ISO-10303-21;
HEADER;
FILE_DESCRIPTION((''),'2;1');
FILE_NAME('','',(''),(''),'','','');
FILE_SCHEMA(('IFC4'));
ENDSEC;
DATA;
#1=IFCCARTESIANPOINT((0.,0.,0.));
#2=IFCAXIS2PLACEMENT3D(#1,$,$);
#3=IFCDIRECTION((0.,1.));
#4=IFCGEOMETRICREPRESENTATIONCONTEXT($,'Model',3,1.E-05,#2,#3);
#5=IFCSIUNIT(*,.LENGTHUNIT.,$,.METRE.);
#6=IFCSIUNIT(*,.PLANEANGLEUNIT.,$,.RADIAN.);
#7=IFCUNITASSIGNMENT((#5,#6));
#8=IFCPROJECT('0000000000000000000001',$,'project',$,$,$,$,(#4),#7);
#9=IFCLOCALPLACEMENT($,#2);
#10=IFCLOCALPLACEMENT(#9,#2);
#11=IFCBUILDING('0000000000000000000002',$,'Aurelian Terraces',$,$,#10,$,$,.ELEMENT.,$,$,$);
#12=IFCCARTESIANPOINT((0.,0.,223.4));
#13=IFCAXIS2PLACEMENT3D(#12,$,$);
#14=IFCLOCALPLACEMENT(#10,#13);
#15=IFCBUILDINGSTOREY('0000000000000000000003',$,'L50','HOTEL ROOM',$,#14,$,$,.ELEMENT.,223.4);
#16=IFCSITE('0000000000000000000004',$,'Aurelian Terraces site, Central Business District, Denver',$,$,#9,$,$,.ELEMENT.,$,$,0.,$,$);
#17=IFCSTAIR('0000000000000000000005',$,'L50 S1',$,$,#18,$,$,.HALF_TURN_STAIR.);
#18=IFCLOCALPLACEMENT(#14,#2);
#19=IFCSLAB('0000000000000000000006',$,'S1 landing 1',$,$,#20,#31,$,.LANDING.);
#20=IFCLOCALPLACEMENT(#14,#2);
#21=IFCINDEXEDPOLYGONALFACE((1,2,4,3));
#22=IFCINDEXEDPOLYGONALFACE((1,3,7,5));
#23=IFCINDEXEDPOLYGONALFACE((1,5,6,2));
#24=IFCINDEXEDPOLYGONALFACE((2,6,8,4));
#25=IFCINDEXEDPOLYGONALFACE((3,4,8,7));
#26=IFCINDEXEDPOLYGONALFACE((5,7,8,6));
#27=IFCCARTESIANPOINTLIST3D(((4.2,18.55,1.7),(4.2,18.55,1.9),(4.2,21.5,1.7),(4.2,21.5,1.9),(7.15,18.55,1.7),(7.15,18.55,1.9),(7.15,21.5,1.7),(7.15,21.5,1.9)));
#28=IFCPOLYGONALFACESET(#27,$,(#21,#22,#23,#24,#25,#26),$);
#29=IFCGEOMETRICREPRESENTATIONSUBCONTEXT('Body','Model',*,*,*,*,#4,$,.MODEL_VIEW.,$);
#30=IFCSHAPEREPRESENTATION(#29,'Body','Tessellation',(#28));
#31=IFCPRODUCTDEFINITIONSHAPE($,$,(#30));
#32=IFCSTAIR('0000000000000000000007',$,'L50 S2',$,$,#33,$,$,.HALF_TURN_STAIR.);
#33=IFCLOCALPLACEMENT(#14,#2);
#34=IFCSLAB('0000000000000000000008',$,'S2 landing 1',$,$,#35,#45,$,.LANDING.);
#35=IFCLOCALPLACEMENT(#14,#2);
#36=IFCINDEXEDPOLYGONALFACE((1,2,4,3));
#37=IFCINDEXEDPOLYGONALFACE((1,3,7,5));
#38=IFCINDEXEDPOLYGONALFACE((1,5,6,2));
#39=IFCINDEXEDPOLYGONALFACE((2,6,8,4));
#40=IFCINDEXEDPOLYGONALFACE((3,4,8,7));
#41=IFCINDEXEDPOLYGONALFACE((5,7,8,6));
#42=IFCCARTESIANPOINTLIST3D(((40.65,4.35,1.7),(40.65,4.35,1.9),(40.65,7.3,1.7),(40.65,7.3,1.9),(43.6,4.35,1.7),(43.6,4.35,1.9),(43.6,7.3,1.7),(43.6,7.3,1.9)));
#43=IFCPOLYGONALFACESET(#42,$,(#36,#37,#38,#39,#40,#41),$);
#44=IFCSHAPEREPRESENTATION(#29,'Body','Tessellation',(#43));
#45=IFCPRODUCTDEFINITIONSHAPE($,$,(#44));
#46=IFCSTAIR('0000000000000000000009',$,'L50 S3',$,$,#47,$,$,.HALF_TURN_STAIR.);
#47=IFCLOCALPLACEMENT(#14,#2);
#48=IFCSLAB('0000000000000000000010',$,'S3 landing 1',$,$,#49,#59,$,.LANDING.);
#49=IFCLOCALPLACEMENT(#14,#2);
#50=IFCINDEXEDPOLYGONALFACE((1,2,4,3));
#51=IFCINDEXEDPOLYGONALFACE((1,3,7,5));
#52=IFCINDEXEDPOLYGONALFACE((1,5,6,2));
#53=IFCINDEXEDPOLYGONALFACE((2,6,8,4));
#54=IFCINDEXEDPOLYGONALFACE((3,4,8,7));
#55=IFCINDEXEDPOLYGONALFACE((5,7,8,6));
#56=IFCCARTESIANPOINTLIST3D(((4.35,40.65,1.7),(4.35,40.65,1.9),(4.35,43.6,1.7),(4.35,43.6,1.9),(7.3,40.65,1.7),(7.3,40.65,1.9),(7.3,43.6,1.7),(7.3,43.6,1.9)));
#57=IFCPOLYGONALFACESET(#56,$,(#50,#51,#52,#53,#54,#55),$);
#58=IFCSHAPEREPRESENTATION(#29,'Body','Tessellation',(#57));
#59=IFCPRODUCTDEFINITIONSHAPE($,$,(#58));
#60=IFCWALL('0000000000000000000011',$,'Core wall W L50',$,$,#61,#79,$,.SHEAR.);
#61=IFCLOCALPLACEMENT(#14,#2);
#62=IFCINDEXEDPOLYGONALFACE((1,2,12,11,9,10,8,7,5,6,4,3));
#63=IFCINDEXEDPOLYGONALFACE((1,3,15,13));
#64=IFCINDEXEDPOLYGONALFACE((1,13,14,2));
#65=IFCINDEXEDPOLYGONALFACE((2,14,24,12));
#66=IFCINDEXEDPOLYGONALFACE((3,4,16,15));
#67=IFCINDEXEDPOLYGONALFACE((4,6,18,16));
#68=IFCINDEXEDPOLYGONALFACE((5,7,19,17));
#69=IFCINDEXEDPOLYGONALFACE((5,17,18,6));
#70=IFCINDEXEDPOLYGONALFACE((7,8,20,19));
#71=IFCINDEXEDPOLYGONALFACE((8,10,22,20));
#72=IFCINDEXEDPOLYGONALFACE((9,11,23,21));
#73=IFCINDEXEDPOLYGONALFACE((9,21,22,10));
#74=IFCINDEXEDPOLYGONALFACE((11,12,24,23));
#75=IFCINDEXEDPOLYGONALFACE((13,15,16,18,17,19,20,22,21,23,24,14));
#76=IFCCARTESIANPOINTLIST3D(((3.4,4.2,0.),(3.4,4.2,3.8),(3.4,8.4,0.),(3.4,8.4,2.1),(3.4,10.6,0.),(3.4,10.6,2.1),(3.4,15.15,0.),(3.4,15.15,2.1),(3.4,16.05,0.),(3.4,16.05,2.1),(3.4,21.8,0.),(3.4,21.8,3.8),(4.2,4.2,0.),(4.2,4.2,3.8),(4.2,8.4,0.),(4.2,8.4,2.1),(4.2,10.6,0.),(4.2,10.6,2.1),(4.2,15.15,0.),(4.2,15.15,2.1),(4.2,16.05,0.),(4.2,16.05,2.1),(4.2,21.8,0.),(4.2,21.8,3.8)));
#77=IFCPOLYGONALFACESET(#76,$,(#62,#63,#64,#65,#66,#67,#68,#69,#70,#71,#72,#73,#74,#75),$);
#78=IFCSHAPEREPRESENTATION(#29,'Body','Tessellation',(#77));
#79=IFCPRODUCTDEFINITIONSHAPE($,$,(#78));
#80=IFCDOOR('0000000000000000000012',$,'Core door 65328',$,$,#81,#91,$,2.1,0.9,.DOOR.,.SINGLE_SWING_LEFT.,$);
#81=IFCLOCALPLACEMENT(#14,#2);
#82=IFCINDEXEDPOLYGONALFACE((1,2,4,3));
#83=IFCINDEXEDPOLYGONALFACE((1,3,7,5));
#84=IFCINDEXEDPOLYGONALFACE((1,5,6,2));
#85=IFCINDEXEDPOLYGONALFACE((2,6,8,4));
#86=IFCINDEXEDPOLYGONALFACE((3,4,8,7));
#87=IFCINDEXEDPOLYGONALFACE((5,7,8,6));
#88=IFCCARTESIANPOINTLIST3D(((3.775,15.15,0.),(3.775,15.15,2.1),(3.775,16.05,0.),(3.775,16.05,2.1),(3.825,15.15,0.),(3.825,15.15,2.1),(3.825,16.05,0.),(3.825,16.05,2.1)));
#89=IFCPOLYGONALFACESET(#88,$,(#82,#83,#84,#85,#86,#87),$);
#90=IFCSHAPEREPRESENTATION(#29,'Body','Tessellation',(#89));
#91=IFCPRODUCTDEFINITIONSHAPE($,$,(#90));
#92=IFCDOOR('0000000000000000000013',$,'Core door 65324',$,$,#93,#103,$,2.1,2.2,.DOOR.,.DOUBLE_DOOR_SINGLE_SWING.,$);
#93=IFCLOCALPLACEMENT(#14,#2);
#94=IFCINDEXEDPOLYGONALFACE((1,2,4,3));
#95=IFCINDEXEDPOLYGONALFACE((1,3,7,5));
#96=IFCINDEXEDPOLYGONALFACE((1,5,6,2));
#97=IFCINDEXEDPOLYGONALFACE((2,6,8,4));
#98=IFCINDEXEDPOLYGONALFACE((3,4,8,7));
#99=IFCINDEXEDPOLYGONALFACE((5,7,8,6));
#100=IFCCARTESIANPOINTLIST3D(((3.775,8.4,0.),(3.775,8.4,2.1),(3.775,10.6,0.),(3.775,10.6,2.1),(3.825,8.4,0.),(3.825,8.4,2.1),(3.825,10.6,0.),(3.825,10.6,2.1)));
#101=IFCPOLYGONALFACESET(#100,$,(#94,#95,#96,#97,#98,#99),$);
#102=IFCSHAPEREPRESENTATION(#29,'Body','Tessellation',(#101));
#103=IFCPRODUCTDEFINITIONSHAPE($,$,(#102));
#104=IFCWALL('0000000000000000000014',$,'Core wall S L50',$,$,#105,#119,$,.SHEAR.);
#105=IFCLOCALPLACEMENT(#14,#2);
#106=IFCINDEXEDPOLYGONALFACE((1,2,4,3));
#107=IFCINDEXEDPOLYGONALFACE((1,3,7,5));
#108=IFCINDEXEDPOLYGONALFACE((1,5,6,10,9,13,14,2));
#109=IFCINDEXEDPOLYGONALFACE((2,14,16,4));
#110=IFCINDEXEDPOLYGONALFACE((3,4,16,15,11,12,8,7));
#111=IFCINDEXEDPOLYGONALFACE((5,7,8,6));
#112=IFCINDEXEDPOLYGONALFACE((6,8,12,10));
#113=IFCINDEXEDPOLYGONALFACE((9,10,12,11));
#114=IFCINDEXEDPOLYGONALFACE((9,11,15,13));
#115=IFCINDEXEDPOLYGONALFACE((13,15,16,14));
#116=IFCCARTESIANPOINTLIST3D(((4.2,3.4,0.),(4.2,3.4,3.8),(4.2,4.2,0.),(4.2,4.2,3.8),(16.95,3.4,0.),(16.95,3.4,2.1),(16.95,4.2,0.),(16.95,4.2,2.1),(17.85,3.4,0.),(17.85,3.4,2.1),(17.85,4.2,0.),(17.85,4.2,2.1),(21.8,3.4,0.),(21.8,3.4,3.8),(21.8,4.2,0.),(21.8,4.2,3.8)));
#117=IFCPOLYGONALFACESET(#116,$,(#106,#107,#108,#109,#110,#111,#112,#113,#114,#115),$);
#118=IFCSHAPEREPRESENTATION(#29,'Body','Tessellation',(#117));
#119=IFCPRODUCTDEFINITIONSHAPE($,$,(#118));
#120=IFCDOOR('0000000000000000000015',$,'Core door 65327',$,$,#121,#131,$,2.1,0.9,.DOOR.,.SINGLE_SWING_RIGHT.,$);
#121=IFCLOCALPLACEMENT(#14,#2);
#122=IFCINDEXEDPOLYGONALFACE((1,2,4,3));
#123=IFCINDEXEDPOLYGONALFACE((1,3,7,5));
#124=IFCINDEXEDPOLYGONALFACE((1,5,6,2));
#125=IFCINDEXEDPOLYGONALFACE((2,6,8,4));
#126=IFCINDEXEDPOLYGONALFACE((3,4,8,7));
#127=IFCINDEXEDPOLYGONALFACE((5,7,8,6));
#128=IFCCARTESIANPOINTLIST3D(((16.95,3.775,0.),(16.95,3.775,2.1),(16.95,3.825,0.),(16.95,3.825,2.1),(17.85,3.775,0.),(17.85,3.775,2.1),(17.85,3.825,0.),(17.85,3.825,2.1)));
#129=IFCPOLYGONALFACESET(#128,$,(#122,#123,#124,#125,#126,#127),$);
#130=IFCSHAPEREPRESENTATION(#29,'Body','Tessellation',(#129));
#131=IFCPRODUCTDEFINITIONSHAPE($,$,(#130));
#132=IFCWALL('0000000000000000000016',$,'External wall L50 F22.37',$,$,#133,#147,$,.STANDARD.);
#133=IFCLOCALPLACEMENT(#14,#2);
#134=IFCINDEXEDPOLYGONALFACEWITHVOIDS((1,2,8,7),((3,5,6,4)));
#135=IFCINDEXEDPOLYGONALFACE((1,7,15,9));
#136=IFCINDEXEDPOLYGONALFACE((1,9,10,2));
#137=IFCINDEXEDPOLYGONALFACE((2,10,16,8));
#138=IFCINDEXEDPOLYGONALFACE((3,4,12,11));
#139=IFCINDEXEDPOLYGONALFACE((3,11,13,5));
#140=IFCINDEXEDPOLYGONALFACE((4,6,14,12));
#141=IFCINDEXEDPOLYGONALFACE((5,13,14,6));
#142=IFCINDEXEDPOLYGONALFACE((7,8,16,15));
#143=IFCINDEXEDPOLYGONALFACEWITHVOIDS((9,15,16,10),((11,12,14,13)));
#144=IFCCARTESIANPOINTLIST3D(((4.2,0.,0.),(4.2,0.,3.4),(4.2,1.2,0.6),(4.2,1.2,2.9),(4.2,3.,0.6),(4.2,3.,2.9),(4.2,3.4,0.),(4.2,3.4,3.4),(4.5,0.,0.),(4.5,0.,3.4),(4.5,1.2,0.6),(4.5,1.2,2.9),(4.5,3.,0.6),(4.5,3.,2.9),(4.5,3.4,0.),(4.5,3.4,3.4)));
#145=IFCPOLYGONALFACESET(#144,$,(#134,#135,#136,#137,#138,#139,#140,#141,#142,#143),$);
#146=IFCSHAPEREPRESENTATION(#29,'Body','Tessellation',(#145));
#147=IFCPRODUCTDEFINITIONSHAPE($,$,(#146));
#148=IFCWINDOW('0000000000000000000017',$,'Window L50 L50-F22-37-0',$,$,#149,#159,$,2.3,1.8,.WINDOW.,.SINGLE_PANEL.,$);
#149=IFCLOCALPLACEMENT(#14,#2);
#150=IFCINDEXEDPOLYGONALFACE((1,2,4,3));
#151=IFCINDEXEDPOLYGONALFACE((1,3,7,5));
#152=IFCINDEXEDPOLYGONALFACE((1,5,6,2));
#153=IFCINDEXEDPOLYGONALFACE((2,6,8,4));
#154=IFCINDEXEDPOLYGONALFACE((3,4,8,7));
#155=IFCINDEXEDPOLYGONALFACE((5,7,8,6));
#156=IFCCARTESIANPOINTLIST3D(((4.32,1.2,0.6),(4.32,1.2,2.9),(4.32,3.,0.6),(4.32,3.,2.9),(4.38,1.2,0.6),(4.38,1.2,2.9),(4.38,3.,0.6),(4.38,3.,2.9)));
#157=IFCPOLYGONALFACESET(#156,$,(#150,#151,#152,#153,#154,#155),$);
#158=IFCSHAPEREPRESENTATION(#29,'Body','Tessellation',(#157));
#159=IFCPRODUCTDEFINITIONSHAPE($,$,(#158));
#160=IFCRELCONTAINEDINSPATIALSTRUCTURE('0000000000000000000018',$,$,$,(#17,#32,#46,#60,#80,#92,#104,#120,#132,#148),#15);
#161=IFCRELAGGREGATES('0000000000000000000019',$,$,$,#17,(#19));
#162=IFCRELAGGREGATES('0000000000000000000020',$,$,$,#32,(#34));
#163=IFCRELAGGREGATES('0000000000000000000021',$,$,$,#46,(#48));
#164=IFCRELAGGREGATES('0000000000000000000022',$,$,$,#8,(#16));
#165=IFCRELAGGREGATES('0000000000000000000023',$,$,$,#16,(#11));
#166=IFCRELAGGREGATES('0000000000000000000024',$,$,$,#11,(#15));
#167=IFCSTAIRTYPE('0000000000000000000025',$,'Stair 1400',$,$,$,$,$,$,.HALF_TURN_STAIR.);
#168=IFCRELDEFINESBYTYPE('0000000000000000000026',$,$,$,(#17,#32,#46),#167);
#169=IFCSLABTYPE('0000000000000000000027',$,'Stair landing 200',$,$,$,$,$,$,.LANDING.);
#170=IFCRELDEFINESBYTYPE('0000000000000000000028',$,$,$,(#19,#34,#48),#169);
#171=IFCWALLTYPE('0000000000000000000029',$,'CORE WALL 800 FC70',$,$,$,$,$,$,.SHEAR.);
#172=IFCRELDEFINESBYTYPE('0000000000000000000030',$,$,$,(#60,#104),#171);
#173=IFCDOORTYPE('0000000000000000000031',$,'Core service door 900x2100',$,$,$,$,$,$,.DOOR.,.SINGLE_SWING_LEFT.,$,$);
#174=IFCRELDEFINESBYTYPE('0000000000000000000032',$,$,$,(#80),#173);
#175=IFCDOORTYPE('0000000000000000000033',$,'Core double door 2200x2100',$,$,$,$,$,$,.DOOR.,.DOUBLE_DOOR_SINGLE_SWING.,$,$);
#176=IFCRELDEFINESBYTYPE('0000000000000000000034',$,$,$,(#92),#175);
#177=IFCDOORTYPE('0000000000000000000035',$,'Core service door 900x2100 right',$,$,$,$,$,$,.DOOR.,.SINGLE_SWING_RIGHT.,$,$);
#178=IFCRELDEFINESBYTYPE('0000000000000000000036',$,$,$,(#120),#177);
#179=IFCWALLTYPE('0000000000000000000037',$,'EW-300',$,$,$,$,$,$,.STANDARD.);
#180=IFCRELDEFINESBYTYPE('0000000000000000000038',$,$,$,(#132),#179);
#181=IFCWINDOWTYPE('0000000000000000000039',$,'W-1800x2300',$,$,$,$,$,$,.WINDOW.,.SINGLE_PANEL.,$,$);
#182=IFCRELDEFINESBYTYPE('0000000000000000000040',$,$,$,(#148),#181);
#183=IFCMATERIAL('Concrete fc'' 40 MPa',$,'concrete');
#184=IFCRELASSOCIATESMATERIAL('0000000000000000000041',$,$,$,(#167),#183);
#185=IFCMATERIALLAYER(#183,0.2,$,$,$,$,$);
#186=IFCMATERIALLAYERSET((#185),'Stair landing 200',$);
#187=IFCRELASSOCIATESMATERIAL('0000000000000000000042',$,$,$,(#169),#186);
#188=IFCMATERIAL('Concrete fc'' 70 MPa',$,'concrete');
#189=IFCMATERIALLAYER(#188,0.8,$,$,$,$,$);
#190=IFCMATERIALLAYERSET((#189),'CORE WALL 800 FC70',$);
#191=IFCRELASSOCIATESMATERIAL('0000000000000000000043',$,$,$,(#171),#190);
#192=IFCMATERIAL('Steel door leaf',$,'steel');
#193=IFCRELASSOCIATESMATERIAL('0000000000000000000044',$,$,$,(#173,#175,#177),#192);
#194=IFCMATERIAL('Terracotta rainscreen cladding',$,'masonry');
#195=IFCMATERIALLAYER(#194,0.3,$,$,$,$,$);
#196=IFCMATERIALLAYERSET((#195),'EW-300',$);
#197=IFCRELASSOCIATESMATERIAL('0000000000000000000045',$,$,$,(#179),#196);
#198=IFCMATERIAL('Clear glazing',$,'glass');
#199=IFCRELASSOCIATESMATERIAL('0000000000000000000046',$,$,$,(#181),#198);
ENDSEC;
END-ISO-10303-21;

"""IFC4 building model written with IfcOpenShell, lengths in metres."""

from ifc_helpers import new_model, si_unit, direction, frame, frame_2d, origin, place, context, subcontext, project, spatial, polyline, rectangle, outline, extrude, source, transform, mapped, material, layer, layer_set, type_object, element, fill, aggregate, save


model = new_model("IFC4")

# Units and contexts
model_context = context("Model", 3, precision=1e-05, world=origin(), true_north=direction((0.0, 1.0)))
body_context = subcontext(model_context, "Body", "Model", "MODEL_VIEW")
ifc_project = project(units=[si_unit("LENGTHUNIT", "METRE"), si_unit("PLANEANGLEUNIT", "RADIAN")], contexts=[model_context])

# Site, building, storey
site_placement = place(None, origin())
site = spatial("IfcSite", under=ifc_project, at=site_placement, Name="Aurelian Terraces site, Central Business District, Denver", CompositionType="ELEMENT", RefElevation=0.0)
building_placement = place(site_placement, origin())
building = spatial("IfcBuilding", under=site, at=building_placement, Name="Aurelian Terraces", CompositionType="ELEMENT")
storey_placement = place(building_placement, frame((0.0, 0.0, 223.4)))
storey = spatial("IfcBuildingStorey", under=building, at=storey_placement, Name="L50", Description="HOTEL ROOM", CompositionType="ELEMENT", Elevation=223.4)

# Stairs, slabs
ifc_material_1 = material(Name="Concrete fc' 40 MPa", Category="concrete")
stair_type = type_object("IfcStairType", Name="Stair 1400", PredefinedType="HALF_TURN_STAIR", material=ifc_material_1)
stair_1_placement = place(storey_placement, origin())
stair_1 = element("IfcStair", 1, at=stair_1_placement, inside=storey, type_object=stair_type, Name="L50 S1", PredefinedType="HALF_TURN_STAIR")
ifc_layer_1 = layer(ifc_material_1, 0.2)
ifc_layer_set_1 = layer_set([ifc_layer_1], Name="Stair landing 200")
slab_type = type_object("IfcSlabType", Name="Stair landing 200", PredefinedType="LANDING", material=ifc_layer_set_1)
shared_shape_1 = source(origin(), body_context, "Body", "SweptSolid", [
    extrude(outline(polyline([(7.15, 18.55), (7.15, 21.5), (4.2, 21.5), (4.2, 18.55), (7.15, 18.55)])), origin(), (0.0, 0.0, 1.0), 0.2),
])
slab_1_placement = place(storey_placement, frame((0.0, 0.0, 1.7)))
slab_1 = element("IfcSlab", 2, at=slab_1_placement, type_object=slab_type, Name="S1 landing 1", PredefinedType="LANDING", context=body_context, shape_type="MappedRepresentation", body=[
    mapped(shared_shape_1, transform((0.0, 0.0, 0.0), scale=1.0)),
])
aggregate(stair_1, [slab_1])
stair_2_placement = place(storey_placement, origin())
stair_2 = element("IfcStair", 3, at=stair_2_placement, inside=storey, type_object=stair_type, Name="L50 S2", PredefinedType="HALF_TURN_STAIR")
shared_shape_2 = source(origin(), body_context, "Body", "SweptSolid", [
    extrude(outline(polyline([(43.6, 4.35), (43.6, 7.3), (40.65, 7.3), (40.65, 4.35), (43.6, 4.35)])), origin(), (0.0, 0.0, 1.0), 0.2),
])
slab_2_placement = place(storey_placement, frame((0.0, 0.0, 1.7)))
slab_2 = element("IfcSlab", 4, at=slab_2_placement, type_object=slab_type, Name="S2 landing 1", PredefinedType="LANDING", context=body_context, shape_type="MappedRepresentation", body=[
    mapped(shared_shape_2, transform((0.0, 0.0, 0.0), scale=1.0)),
])
aggregate(stair_2, [slab_2])
stair_3_placement = place(storey_placement, origin())
stair_3 = element("IfcStair", 5, at=stair_3_placement, inside=storey, type_object=stair_type, Name="L50 S3", PredefinedType="HALF_TURN_STAIR")
shared_shape_3 = source(origin(), body_context, "Body", "SweptSolid", [
    extrude(outline(polyline([(4.35, 40.65), (7.3, 40.65), (7.3, 43.6), (4.35, 43.6), (4.35, 40.65)])), origin(), (0.0, 0.0, 1.0), 0.2),
])
slab_3_placement = place(storey_placement, frame((0.0, 0.0, 1.7)))
slab_3 = element("IfcSlab", 6, at=slab_3_placement, type_object=slab_type, Name="S3 landing 1", PredefinedType="LANDING", context=body_context, shape_type="MappedRepresentation", body=[
    mapped(shared_shape_3, transform((0.0, 0.0, 0.0), scale=1.0)),
])
aggregate(stair_3, [slab_3])

# Wall, openings, doors
ifc_material_2 = material(Name="Concrete fc' 70 MPa", Category="concrete")
ifc_layer_2 = layer(ifc_material_2, 0.8)
ifc_layer_set_2 = layer_set([ifc_layer_2], Name="CORE WALL 800 FC70")
wall_type_1 = type_object("IfcWallType", Name="CORE WALL 800 FC70", PredefinedType="SHEAR", material=ifc_layer_set_2)
shared_shape_4 = source(origin(), body_context, "Body", "SweptSolid", [
    extrude(rectangle(XDim=17.6, YDim=0.8, at=frame_2d((8.8, 0.0))), origin(), (0.0, 0.0, 1.0), 3.8),
])
wall_1_placement = place(storey_placement, frame((3.8, 4.2, 0.0), z_axis=(0.0, 0.0, 1.0), x_axis=(0.0, 1.0, 0.0)))
wall_1 = element("IfcWall", 7, at=wall_1_placement, inside=storey, type_object=wall_type_1, Name="Core wall W L50", PredefinedType="SHEAR", context=body_context, shape_type="MappedRepresentation", body=[
    mapped(shared_shape_4, transform((0.0, 0.0, 0.0), scale=1.0)),
])
shared_shape_5 = source(origin(), body_context, "Body", "SweptSolid", [
    extrude(rectangle(XDim=2.2, YDim=2.1, at=frame_2d((1.1, 1.05))), frame((0.0, 0.41, 0.0), z_axis=(0.0, -1.0, 0.0), x_axis=(1.0, 0.0, 0.0)), (0.0, 0.0, 1.0), 0.82),
])
opening_1_placement = place(wall_1_placement, frame((4.2, 0.0, 0.0)))
opening_1 = element("IfcOpeningElement", 8, at=opening_1_placement, cuts=wall_1, PredefinedType="OPENING", context=body_context, shape_type="MappedRepresentation", body=[
    mapped(shared_shape_5, transform((0.0, 0.0, 0.0), scale=1.0)),
])
shared_shape_6 = source(origin(), body_context, "Body", "SweptSolid", [
    extrude(rectangle(XDim=0.9, YDim=2.1, at=frame_2d((0.45, 1.05))), frame((0.0, 0.41, 0.0), z_axis=(0.0, -1.0, 0.0), x_axis=(1.0, 0.0, 0.0)), (0.0, 0.0, 1.0), 0.82),
])
opening_2_placement = place(wall_1_placement, frame((10.95, 0.0, 0.0)))
opening_2 = element("IfcOpeningElement", 9, at=opening_2_placement, cuts=wall_1, PredefinedType="OPENING", context=body_context, shape_type="MappedRepresentation", body=[
    mapped(shared_shape_6, transform((0.0, 0.0, 0.0), scale=1.0)),
])
ifc_material_3 = material(Name="Steel door leaf", Category="steel")
door_type_1 = type_object("IfcDoorType", Name="Core service door 900x2100", OperationType="SINGLE_SWING_LEFT", PredefinedType="DOOR", material=ifc_material_3)
shared_shape_7 = source(origin(), body_context, "Body", "SweptSolid", [
    extrude(rectangle(XDim=0.9, YDim=2.1, at=frame_2d((0.45, 1.05))), frame((0.0, 0.025, 0.0), z_axis=(0.0, -1.0, 0.0), x_axis=(1.0, 0.0, 0.0)), (0.0, 0.0, 1.0), 0.05),
])
door_1_placement = place(opening_2_placement, origin())
door_1 = element("IfcDoor", 10, at=door_1_placement, inside=storey, type_object=door_type_1, Name="Core door 65328", OperationType="SINGLE_SWING_LEFT", OverallHeight=2.1, OverallWidth=0.9, PredefinedType="DOOR", context=body_context, shape_type="MappedRepresentation", body=[
    mapped(shared_shape_7, transform((0.0, 0.0, 0.0), scale=1.0)),
])
fill(opening_2, door_1)
door_type_2 = type_object("IfcDoorType", Name="Core double door 2200x2100", OperationType="DOUBLE_DOOR_SINGLE_SWING", PredefinedType="DOOR", material=ifc_material_3)
shared_shape_8 = source(origin(), body_context, "Body", "SweptSolid", [
    extrude(rectangle(XDim=2.2, YDim=2.1, at=frame_2d((1.1, 1.05))), frame((0.0, 0.025, 0.0), z_axis=(0.0, -1.0, 0.0), x_axis=(1.0, 0.0, 0.0)), (0.0, 0.0, 1.0), 0.05),
])
door_2_placement = place(opening_1_placement, origin())
door_2 = element("IfcDoor", 11, at=door_2_placement, inside=storey, type_object=door_type_2, Name="Core door 65324", OperationType="DOUBLE_DOOR_SINGLE_SWING", OverallHeight=2.1, OverallWidth=2.2, PredefinedType="DOOR", context=body_context, shape_type="MappedRepresentation", body=[
    mapped(shared_shape_8, transform((0.0, 0.0, 0.0), scale=1.0)),
])
fill(opening_1, door_2)

# Wall, opening, door
wall_2_placement = place(storey_placement, frame((4.2, 3.8, 0.0), z_axis=(0.0, 0.0, 1.0), x_axis=(1.0, 0.0, 0.0)))
wall_2 = element("IfcWall", 12, at=wall_2_placement, inside=storey, type_object=wall_type_1, Name="Core wall S L50", PredefinedType="SHEAR", context=body_context, shape_type="MappedRepresentation", body=[
    mapped(shared_shape_4, transform((0.0, 0.0, 0.0), scale=1.0)),
])
opening_3_placement = place(wall_2_placement, frame((12.75, 0.0, 0.0)))
opening_3 = element("IfcOpeningElement", 13, at=opening_3_placement, cuts=wall_2, PredefinedType="OPENING", context=body_context, shape_type="MappedRepresentation", body=[
    mapped(shared_shape_6, transform((0.0, 0.0, 0.0), scale=1.0)),
])
door_type_3 = type_object("IfcDoorType", Name="Core service door 900x2100 right", OperationType="SINGLE_SWING_RIGHT", PredefinedType="DOOR", material=ifc_material_3)
door_3_placement = place(opening_3_placement, origin())
door_3 = element("IfcDoor", 14, at=door_3_placement, inside=storey, type_object=door_type_3, Name="Core door 65327", OperationType="SINGLE_SWING_RIGHT", OverallHeight=2.1, OverallWidth=0.9, PredefinedType="DOOR", context=body_context, shape_type="MappedRepresentation", body=[
    mapped(shared_shape_7, transform((0.0, 0.0, 0.0), scale=1.0)),
])
fill(opening_3, door_3)

# Wall, opening, window
ifc_material_4 = material(Name="Terracotta rainscreen cladding", Category="masonry")
ifc_layer_3 = layer(ifc_material_4, 0.3)
ifc_layer_set_3 = layer_set([ifc_layer_3], Name="EW-300")
wall_type_2 = type_object("IfcWallType", Name="EW-300", PredefinedType="STANDARD", material=ifc_layer_set_3)
shared_shape_9 = source(origin(), body_context, "Body", "SweptSolid", [
    extrude(rectangle(XDim=3.4, YDim=0.3, at=frame_2d((1.7, 0.0))), origin(), (0.0, 0.0, 1.0), 3.4),
])
wall_3_placement = place(storey_placement, frame((4.35, 3.4, 0.0), z_axis=(0.0, 0.0, 1.0), x_axis=(0.0, -1.0, 0.0)))
wall_3 = element("IfcWall", 15, at=wall_3_placement, inside=storey, type_object=wall_type_2, Name="External wall L50 F22.37", PredefinedType="STANDARD", context=body_context, shape_type="MappedRepresentation", body=[
    mapped(shared_shape_9, transform((0.0, 0.0, 0.0), scale=1.0)),
])
shared_shape_10 = source(origin(), body_context, "Body", "SweptSolid", [
    extrude(rectangle(XDim=1.8, YDim=2.3, at=frame_2d((0.9, 1.15))), frame((0.0, 0.16, 0.0), z_axis=(0.0, -1.0, 0.0), x_axis=(1.0, 0.0, 0.0)), (0.0, 0.0, 1.0), 0.32),
])
opening_4_placement = place(wall_3_placement, frame((0.4, 0.0, 0.6)))
opening_4 = element("IfcOpeningElement", 16, at=opening_4_placement, cuts=wall_3, PredefinedType="OPENING", context=body_context, shape_type="MappedRepresentation", body=[
    mapped(shared_shape_10, transform((0.0, 0.0, 0.0), scale=1.0)),
])
ifc_material_5 = material(Name="Clear glazing", Category="glass")
window_type = type_object("IfcWindowType", Name="W-1800x2300", PartitioningType="SINGLE_PANEL", PredefinedType="WINDOW", material=ifc_material_5)
shared_shape_11 = source(origin(), body_context, "Body", "SweptSolid", [
    extrude(rectangle(XDim=1.8, YDim=2.3, at=frame_2d((0.9, 1.15))), frame((0.0, 0.03, 0.0), z_axis=(0.0, -1.0, 0.0), x_axis=(1.0, 0.0, 0.0)), (0.0, 0.0, 1.0), 0.06),
])
window_placement = place(opening_4_placement, origin())
window = element("IfcWindow", 17, at=window_placement, inside=storey, type_object=window_type, Name="Window L50 L50-F22-37-0", OverallHeight=2.3, OverallWidth=1.8, PartitioningType="SINGLE_PANEL", PredefinedType="WINDOW", context=body_context, shape_type="MappedRepresentation", body=[
    mapped(shared_shape_11, transform((0.0, 0.0, 0.0), scale=1.0)),
])
fill(opening_4, window)

save(model, "model.ifc")
